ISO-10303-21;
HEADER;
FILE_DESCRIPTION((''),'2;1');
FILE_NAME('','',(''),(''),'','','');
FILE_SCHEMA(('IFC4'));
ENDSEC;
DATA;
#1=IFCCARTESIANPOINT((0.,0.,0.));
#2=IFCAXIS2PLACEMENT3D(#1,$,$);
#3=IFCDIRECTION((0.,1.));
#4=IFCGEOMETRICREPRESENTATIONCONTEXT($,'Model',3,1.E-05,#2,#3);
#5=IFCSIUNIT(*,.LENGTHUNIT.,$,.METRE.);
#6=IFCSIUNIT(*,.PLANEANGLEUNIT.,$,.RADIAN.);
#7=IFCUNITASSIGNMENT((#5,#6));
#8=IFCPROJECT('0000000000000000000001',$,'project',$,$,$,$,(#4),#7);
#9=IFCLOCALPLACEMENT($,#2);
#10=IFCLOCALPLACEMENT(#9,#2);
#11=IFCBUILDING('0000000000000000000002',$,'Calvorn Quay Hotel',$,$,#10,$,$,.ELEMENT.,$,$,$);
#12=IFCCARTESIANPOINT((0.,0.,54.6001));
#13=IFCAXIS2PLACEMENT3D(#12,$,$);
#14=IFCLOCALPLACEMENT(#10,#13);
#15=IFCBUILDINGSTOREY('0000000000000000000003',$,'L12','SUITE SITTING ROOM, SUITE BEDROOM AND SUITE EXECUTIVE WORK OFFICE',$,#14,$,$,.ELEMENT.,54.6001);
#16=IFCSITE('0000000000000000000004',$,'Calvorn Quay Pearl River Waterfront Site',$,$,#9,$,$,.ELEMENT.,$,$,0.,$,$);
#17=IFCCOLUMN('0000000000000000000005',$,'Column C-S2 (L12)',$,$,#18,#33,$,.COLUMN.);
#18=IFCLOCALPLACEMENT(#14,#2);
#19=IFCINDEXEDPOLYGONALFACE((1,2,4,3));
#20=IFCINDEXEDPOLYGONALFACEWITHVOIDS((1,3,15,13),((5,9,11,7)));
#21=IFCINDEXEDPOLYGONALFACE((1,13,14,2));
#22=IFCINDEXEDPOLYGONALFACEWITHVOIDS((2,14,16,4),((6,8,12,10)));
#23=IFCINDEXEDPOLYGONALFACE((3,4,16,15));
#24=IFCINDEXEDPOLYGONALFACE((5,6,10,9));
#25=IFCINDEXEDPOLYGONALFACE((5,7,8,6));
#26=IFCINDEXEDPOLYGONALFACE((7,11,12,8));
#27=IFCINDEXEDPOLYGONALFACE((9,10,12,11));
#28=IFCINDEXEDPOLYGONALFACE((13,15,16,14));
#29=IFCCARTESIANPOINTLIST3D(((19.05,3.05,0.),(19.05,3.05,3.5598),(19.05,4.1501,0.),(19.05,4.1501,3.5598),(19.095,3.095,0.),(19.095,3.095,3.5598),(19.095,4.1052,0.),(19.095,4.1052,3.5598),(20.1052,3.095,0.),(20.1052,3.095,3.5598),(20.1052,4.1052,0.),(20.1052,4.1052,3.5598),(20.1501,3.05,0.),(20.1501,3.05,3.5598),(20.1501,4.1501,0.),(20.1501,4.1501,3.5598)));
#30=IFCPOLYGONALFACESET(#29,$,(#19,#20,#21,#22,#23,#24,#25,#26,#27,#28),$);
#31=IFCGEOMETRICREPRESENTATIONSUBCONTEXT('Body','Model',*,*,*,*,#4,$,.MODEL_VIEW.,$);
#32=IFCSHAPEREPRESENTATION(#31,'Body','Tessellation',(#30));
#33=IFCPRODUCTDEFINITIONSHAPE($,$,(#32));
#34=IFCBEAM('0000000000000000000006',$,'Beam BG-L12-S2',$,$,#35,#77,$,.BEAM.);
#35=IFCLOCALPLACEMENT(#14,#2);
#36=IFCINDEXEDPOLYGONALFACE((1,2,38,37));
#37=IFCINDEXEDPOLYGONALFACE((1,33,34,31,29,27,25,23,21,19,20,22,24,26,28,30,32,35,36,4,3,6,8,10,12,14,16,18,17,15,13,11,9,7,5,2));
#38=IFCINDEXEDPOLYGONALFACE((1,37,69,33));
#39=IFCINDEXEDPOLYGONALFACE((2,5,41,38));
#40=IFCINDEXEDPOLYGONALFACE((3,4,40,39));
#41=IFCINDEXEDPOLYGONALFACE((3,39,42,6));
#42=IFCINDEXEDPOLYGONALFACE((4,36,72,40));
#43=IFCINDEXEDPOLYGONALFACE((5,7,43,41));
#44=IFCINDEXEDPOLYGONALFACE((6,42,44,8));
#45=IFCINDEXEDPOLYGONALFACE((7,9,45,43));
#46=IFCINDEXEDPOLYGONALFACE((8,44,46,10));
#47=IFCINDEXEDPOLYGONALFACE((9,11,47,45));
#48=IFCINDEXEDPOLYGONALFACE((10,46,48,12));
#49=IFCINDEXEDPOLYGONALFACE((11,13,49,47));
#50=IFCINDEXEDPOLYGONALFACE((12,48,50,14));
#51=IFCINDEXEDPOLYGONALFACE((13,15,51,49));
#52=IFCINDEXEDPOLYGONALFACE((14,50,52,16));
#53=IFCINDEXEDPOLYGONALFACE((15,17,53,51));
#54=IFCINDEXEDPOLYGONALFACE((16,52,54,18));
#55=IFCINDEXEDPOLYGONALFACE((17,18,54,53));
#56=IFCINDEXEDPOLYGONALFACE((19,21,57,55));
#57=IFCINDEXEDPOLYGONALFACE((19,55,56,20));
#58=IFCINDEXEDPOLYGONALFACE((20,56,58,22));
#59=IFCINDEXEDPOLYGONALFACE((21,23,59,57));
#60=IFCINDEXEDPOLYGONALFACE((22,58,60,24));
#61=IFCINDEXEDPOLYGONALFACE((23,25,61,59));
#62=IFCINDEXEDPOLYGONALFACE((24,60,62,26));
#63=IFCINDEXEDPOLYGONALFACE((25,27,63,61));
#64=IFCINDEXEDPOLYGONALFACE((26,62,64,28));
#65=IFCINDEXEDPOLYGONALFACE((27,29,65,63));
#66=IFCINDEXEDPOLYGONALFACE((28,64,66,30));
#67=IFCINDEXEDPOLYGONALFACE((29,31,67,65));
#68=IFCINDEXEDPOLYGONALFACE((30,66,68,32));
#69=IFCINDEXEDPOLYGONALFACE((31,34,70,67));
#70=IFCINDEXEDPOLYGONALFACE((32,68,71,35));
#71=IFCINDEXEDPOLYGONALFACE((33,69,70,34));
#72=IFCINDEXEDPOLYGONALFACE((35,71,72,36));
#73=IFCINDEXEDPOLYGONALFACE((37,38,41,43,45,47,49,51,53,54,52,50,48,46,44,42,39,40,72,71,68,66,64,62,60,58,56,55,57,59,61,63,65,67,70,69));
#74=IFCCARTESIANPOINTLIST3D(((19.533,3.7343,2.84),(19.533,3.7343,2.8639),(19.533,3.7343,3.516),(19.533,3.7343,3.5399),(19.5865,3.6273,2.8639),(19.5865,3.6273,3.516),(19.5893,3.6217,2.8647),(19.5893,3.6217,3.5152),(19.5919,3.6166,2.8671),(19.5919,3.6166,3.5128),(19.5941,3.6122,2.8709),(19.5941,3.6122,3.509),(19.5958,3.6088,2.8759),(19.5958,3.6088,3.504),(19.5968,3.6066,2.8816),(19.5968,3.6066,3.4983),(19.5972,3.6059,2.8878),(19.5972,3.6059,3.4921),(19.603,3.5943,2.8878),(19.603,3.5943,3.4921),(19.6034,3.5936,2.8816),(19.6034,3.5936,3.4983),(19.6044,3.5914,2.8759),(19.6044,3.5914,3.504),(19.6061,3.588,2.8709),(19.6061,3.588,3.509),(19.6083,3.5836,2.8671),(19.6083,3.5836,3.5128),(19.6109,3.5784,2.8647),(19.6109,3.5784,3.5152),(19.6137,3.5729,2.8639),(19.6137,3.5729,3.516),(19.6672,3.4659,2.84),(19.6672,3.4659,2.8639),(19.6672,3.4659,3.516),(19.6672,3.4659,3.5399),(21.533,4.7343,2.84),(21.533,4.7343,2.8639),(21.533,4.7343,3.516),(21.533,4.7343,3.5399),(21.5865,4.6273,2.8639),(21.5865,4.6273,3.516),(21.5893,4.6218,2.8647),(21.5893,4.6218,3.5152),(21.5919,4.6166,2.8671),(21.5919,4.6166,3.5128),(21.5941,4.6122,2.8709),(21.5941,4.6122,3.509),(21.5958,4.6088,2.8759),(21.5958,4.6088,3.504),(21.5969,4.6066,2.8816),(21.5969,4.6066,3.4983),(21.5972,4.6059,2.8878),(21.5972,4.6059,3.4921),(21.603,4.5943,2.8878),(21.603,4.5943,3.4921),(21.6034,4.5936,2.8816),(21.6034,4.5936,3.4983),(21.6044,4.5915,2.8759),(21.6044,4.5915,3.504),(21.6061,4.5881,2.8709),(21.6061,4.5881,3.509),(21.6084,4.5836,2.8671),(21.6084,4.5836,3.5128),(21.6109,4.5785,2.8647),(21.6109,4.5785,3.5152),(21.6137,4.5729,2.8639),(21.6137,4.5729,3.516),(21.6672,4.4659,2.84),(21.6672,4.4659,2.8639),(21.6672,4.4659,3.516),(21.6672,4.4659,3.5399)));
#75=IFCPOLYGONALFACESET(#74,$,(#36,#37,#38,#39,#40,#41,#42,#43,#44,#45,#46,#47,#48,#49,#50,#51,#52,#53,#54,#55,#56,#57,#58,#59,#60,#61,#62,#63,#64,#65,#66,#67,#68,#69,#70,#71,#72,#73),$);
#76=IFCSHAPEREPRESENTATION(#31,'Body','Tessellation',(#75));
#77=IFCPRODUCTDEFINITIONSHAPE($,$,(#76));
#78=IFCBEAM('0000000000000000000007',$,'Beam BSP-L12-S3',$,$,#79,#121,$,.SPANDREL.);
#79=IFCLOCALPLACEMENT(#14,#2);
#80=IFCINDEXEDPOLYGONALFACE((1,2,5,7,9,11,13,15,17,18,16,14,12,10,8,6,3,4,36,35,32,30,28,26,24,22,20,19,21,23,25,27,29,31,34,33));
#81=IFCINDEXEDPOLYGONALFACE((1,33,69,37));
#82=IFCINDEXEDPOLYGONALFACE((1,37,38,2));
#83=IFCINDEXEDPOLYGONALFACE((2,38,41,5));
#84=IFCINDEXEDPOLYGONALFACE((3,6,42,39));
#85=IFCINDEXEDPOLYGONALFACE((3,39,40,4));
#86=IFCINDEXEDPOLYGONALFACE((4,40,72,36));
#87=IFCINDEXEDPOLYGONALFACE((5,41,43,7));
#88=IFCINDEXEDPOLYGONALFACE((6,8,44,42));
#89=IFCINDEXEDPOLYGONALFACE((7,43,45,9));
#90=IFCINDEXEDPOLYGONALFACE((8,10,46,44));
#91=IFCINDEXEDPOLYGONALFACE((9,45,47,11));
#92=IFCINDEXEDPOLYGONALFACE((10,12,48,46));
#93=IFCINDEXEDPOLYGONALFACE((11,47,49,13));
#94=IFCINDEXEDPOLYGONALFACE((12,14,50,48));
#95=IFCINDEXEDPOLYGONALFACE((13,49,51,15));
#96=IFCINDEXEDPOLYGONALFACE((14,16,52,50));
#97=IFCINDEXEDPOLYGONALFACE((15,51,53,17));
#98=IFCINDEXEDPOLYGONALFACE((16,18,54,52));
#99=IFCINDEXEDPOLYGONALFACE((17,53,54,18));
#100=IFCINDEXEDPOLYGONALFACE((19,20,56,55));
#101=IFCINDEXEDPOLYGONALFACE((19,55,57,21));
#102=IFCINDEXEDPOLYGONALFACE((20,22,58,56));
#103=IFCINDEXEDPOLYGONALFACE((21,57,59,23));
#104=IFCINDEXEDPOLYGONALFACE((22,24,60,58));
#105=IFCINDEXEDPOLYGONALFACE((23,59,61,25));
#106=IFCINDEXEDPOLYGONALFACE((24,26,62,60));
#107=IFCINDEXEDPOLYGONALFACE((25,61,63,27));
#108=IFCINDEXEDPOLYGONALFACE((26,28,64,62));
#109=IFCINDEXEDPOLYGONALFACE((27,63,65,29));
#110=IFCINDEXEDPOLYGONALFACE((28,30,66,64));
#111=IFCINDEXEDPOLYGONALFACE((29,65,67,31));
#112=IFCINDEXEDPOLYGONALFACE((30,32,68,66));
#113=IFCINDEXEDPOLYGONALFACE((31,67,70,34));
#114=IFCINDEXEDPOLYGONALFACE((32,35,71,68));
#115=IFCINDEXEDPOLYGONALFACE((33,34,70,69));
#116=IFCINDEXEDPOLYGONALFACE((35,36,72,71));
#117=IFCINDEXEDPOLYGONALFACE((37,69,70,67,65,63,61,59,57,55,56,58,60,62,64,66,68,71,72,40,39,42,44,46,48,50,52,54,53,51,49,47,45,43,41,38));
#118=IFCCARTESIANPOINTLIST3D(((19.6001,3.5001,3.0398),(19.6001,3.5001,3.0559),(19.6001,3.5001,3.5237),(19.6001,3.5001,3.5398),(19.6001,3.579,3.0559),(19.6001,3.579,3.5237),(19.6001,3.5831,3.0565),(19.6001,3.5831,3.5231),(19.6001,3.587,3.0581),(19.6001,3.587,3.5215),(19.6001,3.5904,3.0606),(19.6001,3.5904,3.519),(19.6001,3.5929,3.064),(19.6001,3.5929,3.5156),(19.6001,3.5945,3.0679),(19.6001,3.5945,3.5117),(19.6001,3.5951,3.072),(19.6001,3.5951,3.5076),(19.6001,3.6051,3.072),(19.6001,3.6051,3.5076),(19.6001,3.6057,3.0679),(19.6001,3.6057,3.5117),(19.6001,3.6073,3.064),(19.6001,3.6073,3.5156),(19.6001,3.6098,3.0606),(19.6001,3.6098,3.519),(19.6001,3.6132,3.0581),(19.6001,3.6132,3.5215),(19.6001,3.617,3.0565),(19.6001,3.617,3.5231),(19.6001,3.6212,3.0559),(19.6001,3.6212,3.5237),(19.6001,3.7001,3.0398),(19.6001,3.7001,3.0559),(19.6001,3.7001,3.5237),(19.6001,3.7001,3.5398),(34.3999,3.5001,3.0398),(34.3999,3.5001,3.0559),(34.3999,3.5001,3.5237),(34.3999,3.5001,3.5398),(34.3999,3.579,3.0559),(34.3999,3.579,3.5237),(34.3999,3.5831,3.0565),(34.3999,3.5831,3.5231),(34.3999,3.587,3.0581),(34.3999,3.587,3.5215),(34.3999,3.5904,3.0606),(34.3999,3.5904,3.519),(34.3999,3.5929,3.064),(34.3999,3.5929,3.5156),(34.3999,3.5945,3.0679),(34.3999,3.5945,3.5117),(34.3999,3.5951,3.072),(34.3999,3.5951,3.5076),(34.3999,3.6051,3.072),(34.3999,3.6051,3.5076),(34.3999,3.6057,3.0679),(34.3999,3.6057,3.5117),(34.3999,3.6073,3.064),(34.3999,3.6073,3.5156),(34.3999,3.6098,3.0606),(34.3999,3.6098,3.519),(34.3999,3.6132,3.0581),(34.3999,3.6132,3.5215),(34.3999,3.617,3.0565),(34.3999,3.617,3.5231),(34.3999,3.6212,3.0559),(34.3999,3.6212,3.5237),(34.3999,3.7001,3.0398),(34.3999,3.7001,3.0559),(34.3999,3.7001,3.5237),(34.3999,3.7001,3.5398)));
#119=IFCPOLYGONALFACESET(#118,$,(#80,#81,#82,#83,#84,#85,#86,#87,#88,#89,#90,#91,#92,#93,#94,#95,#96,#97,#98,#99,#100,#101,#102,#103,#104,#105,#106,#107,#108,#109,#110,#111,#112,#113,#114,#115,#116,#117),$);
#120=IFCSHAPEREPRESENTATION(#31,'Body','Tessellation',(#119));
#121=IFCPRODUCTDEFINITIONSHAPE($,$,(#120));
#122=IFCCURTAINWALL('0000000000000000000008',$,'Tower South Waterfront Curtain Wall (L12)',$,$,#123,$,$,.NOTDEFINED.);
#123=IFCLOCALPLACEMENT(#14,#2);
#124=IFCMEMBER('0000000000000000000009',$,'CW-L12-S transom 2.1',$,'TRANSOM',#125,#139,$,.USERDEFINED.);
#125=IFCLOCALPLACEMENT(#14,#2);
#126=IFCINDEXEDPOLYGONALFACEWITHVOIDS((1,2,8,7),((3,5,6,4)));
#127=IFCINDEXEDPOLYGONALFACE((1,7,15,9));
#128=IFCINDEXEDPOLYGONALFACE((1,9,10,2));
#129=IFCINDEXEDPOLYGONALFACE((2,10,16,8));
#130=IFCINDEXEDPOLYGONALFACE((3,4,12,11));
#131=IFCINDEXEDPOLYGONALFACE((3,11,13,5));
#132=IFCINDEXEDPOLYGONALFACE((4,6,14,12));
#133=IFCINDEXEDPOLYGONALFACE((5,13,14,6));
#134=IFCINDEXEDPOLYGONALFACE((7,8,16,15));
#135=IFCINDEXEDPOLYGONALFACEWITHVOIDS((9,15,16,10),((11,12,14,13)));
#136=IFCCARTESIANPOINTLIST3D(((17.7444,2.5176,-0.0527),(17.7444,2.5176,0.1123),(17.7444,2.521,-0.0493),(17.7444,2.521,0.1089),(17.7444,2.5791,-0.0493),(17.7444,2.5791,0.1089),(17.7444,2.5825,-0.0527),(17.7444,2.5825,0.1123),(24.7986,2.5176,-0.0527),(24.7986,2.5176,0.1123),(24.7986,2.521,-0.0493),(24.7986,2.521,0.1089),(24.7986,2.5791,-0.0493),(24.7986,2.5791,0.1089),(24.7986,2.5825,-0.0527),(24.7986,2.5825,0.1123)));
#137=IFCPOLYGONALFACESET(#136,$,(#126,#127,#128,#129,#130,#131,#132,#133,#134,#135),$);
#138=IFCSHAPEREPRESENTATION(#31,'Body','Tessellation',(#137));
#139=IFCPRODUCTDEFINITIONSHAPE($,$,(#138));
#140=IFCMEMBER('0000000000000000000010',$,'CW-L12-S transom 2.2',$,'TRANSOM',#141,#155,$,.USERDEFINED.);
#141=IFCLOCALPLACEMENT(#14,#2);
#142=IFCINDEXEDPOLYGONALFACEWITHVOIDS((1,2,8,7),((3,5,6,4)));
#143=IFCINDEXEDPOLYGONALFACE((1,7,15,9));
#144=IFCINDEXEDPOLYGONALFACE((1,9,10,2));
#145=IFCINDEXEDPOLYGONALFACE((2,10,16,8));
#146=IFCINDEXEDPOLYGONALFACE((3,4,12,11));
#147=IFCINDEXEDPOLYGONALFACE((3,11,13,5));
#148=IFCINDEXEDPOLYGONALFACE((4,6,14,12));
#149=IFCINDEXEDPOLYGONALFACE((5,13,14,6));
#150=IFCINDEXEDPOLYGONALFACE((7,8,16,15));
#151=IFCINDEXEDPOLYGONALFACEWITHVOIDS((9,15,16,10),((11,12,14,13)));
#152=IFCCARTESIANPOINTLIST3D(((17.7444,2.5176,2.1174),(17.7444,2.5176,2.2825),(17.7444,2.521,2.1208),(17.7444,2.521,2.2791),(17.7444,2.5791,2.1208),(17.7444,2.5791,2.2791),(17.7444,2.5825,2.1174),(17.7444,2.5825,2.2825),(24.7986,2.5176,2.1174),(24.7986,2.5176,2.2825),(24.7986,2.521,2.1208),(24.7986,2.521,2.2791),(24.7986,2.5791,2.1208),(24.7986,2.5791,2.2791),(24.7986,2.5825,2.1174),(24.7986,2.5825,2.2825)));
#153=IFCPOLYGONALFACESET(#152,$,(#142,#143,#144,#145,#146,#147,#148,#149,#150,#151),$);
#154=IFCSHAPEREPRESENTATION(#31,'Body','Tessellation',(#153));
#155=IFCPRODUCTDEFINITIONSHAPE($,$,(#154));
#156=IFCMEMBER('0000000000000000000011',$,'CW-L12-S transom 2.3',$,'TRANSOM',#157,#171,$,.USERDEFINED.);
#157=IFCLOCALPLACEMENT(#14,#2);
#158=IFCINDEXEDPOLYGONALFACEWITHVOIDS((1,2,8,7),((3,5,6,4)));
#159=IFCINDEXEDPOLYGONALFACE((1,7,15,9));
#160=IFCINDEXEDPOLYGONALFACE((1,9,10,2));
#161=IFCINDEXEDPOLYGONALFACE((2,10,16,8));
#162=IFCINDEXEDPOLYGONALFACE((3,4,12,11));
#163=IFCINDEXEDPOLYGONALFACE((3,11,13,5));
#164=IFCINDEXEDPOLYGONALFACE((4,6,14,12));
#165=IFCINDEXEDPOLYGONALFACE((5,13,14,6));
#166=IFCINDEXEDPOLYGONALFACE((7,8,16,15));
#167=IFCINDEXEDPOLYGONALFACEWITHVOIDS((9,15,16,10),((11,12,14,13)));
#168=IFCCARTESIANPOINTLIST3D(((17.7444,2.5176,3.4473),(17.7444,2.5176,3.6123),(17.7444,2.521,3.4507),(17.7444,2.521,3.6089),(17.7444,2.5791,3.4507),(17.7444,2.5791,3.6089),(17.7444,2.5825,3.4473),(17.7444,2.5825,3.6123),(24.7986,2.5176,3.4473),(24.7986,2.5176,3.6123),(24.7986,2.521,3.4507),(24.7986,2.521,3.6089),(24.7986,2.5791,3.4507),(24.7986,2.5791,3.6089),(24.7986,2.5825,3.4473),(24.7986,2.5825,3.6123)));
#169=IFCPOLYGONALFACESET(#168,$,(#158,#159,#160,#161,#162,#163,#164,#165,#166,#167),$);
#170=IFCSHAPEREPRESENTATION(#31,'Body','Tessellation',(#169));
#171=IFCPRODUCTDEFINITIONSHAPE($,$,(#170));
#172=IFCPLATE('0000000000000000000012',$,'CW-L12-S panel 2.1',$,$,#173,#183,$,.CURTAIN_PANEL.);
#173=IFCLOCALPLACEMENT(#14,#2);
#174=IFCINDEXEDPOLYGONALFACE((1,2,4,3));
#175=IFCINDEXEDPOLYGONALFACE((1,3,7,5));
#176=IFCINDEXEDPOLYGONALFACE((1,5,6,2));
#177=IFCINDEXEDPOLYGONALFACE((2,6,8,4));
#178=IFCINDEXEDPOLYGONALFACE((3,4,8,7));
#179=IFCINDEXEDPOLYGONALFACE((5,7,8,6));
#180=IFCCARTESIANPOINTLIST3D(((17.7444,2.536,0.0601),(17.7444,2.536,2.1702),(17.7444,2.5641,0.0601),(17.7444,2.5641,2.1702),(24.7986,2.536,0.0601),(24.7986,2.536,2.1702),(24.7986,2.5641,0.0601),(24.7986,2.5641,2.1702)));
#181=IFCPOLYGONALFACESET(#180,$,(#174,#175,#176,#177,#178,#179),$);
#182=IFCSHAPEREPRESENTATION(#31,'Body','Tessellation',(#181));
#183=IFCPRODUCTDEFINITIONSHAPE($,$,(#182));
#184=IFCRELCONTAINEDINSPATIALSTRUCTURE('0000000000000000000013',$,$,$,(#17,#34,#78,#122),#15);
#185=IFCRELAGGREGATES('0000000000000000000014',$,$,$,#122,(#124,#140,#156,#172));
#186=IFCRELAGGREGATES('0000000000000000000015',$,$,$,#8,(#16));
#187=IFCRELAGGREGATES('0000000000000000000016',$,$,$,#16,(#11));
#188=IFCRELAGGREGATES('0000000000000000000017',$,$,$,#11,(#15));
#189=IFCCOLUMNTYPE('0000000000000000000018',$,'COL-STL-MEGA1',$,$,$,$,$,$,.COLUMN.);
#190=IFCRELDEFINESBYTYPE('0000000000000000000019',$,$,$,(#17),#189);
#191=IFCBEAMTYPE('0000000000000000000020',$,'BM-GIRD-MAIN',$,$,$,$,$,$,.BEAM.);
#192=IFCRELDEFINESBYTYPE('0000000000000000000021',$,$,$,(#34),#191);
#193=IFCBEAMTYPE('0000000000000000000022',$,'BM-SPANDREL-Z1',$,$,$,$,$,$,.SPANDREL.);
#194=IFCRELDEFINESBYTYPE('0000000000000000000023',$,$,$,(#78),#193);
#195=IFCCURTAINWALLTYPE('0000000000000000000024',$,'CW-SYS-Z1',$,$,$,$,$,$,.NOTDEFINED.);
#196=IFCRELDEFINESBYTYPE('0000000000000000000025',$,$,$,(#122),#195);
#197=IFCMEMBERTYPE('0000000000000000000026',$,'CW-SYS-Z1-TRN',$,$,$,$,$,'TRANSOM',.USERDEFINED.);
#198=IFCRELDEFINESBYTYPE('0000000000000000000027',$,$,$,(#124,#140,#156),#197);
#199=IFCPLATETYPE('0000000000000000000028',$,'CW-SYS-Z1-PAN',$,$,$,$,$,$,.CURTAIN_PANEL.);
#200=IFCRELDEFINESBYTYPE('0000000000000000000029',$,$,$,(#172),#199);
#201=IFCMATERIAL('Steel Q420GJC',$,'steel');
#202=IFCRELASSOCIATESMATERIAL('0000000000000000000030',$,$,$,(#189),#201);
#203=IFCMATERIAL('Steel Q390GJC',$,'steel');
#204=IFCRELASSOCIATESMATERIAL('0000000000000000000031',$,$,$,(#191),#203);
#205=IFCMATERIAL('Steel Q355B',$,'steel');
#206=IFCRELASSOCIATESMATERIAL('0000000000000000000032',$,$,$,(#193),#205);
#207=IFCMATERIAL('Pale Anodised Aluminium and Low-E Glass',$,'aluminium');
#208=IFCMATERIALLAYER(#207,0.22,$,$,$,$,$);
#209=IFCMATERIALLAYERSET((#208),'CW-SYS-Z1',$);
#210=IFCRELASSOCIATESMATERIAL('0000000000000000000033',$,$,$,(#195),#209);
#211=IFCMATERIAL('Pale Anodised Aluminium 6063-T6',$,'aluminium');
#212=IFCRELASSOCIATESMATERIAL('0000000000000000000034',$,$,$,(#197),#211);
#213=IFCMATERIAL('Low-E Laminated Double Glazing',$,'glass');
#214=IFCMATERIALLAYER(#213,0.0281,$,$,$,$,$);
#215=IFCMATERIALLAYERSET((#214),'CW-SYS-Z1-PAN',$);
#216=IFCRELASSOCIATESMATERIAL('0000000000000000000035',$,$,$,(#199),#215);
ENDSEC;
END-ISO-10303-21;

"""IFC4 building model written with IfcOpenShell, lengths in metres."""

from ifc_helpers import new_model, si_unit, direction, frame, origin, origin_2d, place, context, subcontext, project, spatial, rectangle, hollow_rectangle, i_section, extrude, material, layer, layer_set, material_profile, profile_set, type_object, element, aggregate, save


model = new_model("IFC4")

# Units and contexts
model_context = context("Model", 3, precision=1e-05, world=origin(), true_north=direction((0.0, 1.0)))
body_context = subcontext(model_context, "Body", "Model", "MODEL_VIEW")
ifc_project = project(units=[si_unit("LENGTHUNIT", "METRE"), si_unit("PLANEANGLEUNIT", "RADIAN")], contexts=[model_context])

# Site, building, storey
site_placement = place(None, origin())
site = spatial("IfcSite", under=ifc_project, at=site_placement, Name="Calvorn Quay Pearl River Waterfront Site", CompositionType="ELEMENT", RefElevation=0.0)
building_placement = place(site_placement, origin())
building = spatial("IfcBuilding", under=site, at=building_placement, Name="Calvorn Quay Hotel", CompositionType="ELEMENT")
storey_placement = place(building_placement, frame((0.0, 0.0, 54.6001)))
storey = spatial("IfcBuildingStorey", under=building, at=storey_placement, Name="L12", Description="SUITE SITTING ROOM, SUITE BEDROOM AND SUITE EXECUTIVE WORK OFFICE", CompositionType="ELEMENT", Elevation=54.6001)

# Column
ifc_material_1 = material(Name="Steel Q420GJC", Category="steel")
ifc_material_profile_1 = material_profile(ifc_material_1, hollow_rectangle(XDim=1.1001, YDim=1.1001, WallThickness=0.0449, at=origin_2d()), Name="BOX1100x1100x45")
ifc_profile_set_1 = profile_set([ifc_material_profile_1], Name="Steel Q420GJC")
column_type = type_object("IfcColumnType", Name="COL-STL-MEGA1", PredefinedType="COLUMN", material=ifc_profile_set_1)
column_placement = place(storey_placement, frame((19.6001, 3.6001, 0.0), z_axis=(0.0, 0.0, 1.0), x_axis=(1.0, 0.0, 0.0)))
element("IfcColumn", 1, at=column_placement, inside=storey, type_object=column_type, Name="Column C-S2 (L12)", PredefinedType="COLUMN", context=body_context, shape_type="SweptSolid", body=[
    extrude(hollow_rectangle(XDim=1.1001, YDim=1.1001, WallThickness=0.0449, at=origin_2d()), origin(), (0.0, 0.0, 1.0), 3.5598),
])

# Beams
ifc_material_2 = material(Name="Steel Q390GJC", Category="steel")
ifc_material_profile_2 = material_profile(ifc_material_2, i_section(OverallWidth=0.3, OverallDepth=0.7, WebThickness=0.0129, FlangeThickness=0.0239, FilletRadius=0.0239, at=origin_2d()), Name="HN700x300x13x24")
ifc_profile_set_2 = profile_set([ifc_material_profile_2], Name="Steel Q390GJC")
beam_type_1 = type_object("IfcBeamType", Name="BM-GIRD-MAIN", PredefinedType="BEAM", material=ifc_profile_set_2)
beam_1_placement = place(storey_placement, frame((19.6001, 3.6001, 3.1899), z_axis=(0.894427, 0.447214, 0.0), x_axis=(-0.447214, 0.894427, 0.0)))
element("IfcBeam", 2, at=beam_1_placement, inside=storey, type_object=beam_type_1, Name="Beam BG-L12-S2", PredefinedType="BEAM", context=body_context, shape_type="SweptSolid", body=[
    extrude(i_section(OverallWidth=0.3, OverallDepth=0.7, WebThickness=0.0129, FlangeThickness=0.0239, FilletRadius=0.0239, at=origin_2d()), origin(), (0.0, 0.0, 1.0), 2.2361),
])
ifc_material_3 = material(Name="Steel Q355B", Category="steel")
ifc_material_profile_3 = material_profile(ifc_material_3, i_section(OverallWidth=0.2, OverallDepth=0.5, WebThickness=0.01, FlangeThickness=0.0161, FilletRadius=0.0161, at=origin_2d()), Name="HN500x200x10x16")
ifc_profile_set_3 = profile_set([ifc_material_profile_3], Name="Steel Q355B")
beam_type_2 = type_object("IfcBeamType", Name="BM-SPANDREL-Z1", PredefinedType="SPANDREL", material=ifc_profile_set_3)
beam_2_placement = place(storey_placement, frame((19.6001, 3.6001, 3.2898), z_axis=(1.0, 0.0, 0.0), x_axis=(0.0, 1.0, 0.0)))
element("IfcBeam", 3, at=beam_2_placement, inside=storey, type_object=beam_type_2, Name="Beam BSP-L12-S3", PredefinedType="SPANDREL", context=body_context, shape_type="SweptSolid", body=[
    extrude(i_section(OverallWidth=0.2, OverallDepth=0.5, WebThickness=0.01, FlangeThickness=0.0161, FilletRadius=0.0161, at=origin_2d()), origin(), (0.0, 0.0, 1.0), 14.7998),
])

# Curtain wall, members, plate
ifc_material_4 = material(Name="Pale Anodised Aluminium and Low-E Glass", Category="aluminium")
ifc_layer_1 = layer(ifc_material_4, 0.22)
ifc_layer_set_1 = layer_set([ifc_layer_1], Name="CW-SYS-Z1")
curtain_wall_type = type_object("IfcCurtainWallType", Name="CW-SYS-Z1", PredefinedType="NOTDEFINED", material=ifc_layer_set_1)
curtain_wall_placement = place(storey_placement, origin())
curtain_wall = element("IfcCurtainWall", 4, at=curtain_wall_placement, inside=storey, type_object=curtain_wall_type, Name="Tower South Waterfront Curtain Wall (L12)", PredefinedType="NOTDEFINED")
ifc_material_5 = material(Name="Pale Anodised Aluminium 6063-T6", Category="aluminium")
ifc_material_profile_4 = material_profile(ifc_material_5, hollow_rectangle(XDim=0.0649, YDim=0.165, WallThickness=0.0034, at=origin_2d()), Name="ALU-T165x65x3.5")
ifc_profile_set_4 = profile_set([ifc_material_profile_4], Name="Pale Anodised Aluminium 6063-T6")
member_type = type_object("IfcMemberType", Name="CW-SYS-Z1-TRN", ElementType="TRANSOM", PredefinedType="USERDEFINED", material=ifc_profile_set_4)
member_1_placement = place(storey_placement, frame((17.7444, 2.55, 0.0298), z_axis=(1.0, 0.0, 0.0), x_axis=(0.0, 1.0, 0.0)))
member_1 = element("IfcMember", 5, at=member_1_placement, type_object=member_type, Name="CW-L12-S transom 2.1", ObjectType="TRANSOM", PredefinedType="USERDEFINED", context=body_context, shape_type="SweptSolid", body=[
    extrude(hollow_rectangle(XDim=0.0649, YDim=0.165, WallThickness=0.0034, at=origin_2d()), origin(), (0.0, 0.0, 1.0), 7.0542),
])
member_2_placement = place(storey_placement, frame((17.7444, 2.55, 2.2), z_axis=(1.0, 0.0, 0.0), x_axis=(0.0, 1.0, 0.0)))
member_2 = element("IfcMember", 6, at=member_2_placement, type_object=member_type, Name="CW-L12-S transom 2.2", ObjectType="TRANSOM", PredefinedType="USERDEFINED", context=body_context, shape_type="SweptSolid", body=[
    extrude(hollow_rectangle(XDim=0.0649, YDim=0.165, WallThickness=0.0034, at=origin_2d()), origin(), (0.0, 0.0, 1.0), 7.0542),
])
member_3_placement = place(storey_placement, frame((17.7444, 2.55, 3.5298), z_axis=(1.0, 0.0, 0.0), x_axis=(0.0, 1.0, 0.0)))
member_3 = element("IfcMember", 7, at=member_3_placement, type_object=member_type, Name="CW-L12-S transom 2.3", ObjectType="TRANSOM", PredefinedType="USERDEFINED", context=body_context, shape_type="SweptSolid", body=[
    extrude(hollow_rectangle(XDim=0.0649, YDim=0.165, WallThickness=0.0034, at=origin_2d()), origin(), (0.0, 0.0, 1.0), 7.0542),
])
ifc_material_6 = material(Name="Low-E Laminated Double Glazing", Category="glass")
ifc_layer_2 = layer(ifc_material_6, 0.0281)
ifc_layer_set_2 = layer_set([ifc_layer_2], Name="CW-SYS-Z1-PAN")
plate_type = type_object("IfcPlateType", Name="CW-SYS-Z1-PAN", PredefinedType="CURTAIN_PANEL", material=ifc_layer_set_2)
plate_1_placement = place(storey_placement, frame((21.2715, 2.55, 0.0601), z_axis=(0.0, 0.0, 1.0), x_axis=(1.0, 0.0, 0.0)))
plate_1 = element("IfcPlate", 8, at=plate_1_placement, type_object=plate_type, Name="CW-L12-S panel 2.1", PredefinedType="CURTAIN_PANEL", context=body_context, shape_type="SweptSolid", body=[
    extrude(rectangle(XDim=7.0542, YDim=0.0281, at=origin_2d()), origin(), (0.0, 0.0, 1.0), 2.1101),
])
aggregate(curtain_wall, [member_1, member_2, member_3, plate_1])

save(model, "model.ifc")
